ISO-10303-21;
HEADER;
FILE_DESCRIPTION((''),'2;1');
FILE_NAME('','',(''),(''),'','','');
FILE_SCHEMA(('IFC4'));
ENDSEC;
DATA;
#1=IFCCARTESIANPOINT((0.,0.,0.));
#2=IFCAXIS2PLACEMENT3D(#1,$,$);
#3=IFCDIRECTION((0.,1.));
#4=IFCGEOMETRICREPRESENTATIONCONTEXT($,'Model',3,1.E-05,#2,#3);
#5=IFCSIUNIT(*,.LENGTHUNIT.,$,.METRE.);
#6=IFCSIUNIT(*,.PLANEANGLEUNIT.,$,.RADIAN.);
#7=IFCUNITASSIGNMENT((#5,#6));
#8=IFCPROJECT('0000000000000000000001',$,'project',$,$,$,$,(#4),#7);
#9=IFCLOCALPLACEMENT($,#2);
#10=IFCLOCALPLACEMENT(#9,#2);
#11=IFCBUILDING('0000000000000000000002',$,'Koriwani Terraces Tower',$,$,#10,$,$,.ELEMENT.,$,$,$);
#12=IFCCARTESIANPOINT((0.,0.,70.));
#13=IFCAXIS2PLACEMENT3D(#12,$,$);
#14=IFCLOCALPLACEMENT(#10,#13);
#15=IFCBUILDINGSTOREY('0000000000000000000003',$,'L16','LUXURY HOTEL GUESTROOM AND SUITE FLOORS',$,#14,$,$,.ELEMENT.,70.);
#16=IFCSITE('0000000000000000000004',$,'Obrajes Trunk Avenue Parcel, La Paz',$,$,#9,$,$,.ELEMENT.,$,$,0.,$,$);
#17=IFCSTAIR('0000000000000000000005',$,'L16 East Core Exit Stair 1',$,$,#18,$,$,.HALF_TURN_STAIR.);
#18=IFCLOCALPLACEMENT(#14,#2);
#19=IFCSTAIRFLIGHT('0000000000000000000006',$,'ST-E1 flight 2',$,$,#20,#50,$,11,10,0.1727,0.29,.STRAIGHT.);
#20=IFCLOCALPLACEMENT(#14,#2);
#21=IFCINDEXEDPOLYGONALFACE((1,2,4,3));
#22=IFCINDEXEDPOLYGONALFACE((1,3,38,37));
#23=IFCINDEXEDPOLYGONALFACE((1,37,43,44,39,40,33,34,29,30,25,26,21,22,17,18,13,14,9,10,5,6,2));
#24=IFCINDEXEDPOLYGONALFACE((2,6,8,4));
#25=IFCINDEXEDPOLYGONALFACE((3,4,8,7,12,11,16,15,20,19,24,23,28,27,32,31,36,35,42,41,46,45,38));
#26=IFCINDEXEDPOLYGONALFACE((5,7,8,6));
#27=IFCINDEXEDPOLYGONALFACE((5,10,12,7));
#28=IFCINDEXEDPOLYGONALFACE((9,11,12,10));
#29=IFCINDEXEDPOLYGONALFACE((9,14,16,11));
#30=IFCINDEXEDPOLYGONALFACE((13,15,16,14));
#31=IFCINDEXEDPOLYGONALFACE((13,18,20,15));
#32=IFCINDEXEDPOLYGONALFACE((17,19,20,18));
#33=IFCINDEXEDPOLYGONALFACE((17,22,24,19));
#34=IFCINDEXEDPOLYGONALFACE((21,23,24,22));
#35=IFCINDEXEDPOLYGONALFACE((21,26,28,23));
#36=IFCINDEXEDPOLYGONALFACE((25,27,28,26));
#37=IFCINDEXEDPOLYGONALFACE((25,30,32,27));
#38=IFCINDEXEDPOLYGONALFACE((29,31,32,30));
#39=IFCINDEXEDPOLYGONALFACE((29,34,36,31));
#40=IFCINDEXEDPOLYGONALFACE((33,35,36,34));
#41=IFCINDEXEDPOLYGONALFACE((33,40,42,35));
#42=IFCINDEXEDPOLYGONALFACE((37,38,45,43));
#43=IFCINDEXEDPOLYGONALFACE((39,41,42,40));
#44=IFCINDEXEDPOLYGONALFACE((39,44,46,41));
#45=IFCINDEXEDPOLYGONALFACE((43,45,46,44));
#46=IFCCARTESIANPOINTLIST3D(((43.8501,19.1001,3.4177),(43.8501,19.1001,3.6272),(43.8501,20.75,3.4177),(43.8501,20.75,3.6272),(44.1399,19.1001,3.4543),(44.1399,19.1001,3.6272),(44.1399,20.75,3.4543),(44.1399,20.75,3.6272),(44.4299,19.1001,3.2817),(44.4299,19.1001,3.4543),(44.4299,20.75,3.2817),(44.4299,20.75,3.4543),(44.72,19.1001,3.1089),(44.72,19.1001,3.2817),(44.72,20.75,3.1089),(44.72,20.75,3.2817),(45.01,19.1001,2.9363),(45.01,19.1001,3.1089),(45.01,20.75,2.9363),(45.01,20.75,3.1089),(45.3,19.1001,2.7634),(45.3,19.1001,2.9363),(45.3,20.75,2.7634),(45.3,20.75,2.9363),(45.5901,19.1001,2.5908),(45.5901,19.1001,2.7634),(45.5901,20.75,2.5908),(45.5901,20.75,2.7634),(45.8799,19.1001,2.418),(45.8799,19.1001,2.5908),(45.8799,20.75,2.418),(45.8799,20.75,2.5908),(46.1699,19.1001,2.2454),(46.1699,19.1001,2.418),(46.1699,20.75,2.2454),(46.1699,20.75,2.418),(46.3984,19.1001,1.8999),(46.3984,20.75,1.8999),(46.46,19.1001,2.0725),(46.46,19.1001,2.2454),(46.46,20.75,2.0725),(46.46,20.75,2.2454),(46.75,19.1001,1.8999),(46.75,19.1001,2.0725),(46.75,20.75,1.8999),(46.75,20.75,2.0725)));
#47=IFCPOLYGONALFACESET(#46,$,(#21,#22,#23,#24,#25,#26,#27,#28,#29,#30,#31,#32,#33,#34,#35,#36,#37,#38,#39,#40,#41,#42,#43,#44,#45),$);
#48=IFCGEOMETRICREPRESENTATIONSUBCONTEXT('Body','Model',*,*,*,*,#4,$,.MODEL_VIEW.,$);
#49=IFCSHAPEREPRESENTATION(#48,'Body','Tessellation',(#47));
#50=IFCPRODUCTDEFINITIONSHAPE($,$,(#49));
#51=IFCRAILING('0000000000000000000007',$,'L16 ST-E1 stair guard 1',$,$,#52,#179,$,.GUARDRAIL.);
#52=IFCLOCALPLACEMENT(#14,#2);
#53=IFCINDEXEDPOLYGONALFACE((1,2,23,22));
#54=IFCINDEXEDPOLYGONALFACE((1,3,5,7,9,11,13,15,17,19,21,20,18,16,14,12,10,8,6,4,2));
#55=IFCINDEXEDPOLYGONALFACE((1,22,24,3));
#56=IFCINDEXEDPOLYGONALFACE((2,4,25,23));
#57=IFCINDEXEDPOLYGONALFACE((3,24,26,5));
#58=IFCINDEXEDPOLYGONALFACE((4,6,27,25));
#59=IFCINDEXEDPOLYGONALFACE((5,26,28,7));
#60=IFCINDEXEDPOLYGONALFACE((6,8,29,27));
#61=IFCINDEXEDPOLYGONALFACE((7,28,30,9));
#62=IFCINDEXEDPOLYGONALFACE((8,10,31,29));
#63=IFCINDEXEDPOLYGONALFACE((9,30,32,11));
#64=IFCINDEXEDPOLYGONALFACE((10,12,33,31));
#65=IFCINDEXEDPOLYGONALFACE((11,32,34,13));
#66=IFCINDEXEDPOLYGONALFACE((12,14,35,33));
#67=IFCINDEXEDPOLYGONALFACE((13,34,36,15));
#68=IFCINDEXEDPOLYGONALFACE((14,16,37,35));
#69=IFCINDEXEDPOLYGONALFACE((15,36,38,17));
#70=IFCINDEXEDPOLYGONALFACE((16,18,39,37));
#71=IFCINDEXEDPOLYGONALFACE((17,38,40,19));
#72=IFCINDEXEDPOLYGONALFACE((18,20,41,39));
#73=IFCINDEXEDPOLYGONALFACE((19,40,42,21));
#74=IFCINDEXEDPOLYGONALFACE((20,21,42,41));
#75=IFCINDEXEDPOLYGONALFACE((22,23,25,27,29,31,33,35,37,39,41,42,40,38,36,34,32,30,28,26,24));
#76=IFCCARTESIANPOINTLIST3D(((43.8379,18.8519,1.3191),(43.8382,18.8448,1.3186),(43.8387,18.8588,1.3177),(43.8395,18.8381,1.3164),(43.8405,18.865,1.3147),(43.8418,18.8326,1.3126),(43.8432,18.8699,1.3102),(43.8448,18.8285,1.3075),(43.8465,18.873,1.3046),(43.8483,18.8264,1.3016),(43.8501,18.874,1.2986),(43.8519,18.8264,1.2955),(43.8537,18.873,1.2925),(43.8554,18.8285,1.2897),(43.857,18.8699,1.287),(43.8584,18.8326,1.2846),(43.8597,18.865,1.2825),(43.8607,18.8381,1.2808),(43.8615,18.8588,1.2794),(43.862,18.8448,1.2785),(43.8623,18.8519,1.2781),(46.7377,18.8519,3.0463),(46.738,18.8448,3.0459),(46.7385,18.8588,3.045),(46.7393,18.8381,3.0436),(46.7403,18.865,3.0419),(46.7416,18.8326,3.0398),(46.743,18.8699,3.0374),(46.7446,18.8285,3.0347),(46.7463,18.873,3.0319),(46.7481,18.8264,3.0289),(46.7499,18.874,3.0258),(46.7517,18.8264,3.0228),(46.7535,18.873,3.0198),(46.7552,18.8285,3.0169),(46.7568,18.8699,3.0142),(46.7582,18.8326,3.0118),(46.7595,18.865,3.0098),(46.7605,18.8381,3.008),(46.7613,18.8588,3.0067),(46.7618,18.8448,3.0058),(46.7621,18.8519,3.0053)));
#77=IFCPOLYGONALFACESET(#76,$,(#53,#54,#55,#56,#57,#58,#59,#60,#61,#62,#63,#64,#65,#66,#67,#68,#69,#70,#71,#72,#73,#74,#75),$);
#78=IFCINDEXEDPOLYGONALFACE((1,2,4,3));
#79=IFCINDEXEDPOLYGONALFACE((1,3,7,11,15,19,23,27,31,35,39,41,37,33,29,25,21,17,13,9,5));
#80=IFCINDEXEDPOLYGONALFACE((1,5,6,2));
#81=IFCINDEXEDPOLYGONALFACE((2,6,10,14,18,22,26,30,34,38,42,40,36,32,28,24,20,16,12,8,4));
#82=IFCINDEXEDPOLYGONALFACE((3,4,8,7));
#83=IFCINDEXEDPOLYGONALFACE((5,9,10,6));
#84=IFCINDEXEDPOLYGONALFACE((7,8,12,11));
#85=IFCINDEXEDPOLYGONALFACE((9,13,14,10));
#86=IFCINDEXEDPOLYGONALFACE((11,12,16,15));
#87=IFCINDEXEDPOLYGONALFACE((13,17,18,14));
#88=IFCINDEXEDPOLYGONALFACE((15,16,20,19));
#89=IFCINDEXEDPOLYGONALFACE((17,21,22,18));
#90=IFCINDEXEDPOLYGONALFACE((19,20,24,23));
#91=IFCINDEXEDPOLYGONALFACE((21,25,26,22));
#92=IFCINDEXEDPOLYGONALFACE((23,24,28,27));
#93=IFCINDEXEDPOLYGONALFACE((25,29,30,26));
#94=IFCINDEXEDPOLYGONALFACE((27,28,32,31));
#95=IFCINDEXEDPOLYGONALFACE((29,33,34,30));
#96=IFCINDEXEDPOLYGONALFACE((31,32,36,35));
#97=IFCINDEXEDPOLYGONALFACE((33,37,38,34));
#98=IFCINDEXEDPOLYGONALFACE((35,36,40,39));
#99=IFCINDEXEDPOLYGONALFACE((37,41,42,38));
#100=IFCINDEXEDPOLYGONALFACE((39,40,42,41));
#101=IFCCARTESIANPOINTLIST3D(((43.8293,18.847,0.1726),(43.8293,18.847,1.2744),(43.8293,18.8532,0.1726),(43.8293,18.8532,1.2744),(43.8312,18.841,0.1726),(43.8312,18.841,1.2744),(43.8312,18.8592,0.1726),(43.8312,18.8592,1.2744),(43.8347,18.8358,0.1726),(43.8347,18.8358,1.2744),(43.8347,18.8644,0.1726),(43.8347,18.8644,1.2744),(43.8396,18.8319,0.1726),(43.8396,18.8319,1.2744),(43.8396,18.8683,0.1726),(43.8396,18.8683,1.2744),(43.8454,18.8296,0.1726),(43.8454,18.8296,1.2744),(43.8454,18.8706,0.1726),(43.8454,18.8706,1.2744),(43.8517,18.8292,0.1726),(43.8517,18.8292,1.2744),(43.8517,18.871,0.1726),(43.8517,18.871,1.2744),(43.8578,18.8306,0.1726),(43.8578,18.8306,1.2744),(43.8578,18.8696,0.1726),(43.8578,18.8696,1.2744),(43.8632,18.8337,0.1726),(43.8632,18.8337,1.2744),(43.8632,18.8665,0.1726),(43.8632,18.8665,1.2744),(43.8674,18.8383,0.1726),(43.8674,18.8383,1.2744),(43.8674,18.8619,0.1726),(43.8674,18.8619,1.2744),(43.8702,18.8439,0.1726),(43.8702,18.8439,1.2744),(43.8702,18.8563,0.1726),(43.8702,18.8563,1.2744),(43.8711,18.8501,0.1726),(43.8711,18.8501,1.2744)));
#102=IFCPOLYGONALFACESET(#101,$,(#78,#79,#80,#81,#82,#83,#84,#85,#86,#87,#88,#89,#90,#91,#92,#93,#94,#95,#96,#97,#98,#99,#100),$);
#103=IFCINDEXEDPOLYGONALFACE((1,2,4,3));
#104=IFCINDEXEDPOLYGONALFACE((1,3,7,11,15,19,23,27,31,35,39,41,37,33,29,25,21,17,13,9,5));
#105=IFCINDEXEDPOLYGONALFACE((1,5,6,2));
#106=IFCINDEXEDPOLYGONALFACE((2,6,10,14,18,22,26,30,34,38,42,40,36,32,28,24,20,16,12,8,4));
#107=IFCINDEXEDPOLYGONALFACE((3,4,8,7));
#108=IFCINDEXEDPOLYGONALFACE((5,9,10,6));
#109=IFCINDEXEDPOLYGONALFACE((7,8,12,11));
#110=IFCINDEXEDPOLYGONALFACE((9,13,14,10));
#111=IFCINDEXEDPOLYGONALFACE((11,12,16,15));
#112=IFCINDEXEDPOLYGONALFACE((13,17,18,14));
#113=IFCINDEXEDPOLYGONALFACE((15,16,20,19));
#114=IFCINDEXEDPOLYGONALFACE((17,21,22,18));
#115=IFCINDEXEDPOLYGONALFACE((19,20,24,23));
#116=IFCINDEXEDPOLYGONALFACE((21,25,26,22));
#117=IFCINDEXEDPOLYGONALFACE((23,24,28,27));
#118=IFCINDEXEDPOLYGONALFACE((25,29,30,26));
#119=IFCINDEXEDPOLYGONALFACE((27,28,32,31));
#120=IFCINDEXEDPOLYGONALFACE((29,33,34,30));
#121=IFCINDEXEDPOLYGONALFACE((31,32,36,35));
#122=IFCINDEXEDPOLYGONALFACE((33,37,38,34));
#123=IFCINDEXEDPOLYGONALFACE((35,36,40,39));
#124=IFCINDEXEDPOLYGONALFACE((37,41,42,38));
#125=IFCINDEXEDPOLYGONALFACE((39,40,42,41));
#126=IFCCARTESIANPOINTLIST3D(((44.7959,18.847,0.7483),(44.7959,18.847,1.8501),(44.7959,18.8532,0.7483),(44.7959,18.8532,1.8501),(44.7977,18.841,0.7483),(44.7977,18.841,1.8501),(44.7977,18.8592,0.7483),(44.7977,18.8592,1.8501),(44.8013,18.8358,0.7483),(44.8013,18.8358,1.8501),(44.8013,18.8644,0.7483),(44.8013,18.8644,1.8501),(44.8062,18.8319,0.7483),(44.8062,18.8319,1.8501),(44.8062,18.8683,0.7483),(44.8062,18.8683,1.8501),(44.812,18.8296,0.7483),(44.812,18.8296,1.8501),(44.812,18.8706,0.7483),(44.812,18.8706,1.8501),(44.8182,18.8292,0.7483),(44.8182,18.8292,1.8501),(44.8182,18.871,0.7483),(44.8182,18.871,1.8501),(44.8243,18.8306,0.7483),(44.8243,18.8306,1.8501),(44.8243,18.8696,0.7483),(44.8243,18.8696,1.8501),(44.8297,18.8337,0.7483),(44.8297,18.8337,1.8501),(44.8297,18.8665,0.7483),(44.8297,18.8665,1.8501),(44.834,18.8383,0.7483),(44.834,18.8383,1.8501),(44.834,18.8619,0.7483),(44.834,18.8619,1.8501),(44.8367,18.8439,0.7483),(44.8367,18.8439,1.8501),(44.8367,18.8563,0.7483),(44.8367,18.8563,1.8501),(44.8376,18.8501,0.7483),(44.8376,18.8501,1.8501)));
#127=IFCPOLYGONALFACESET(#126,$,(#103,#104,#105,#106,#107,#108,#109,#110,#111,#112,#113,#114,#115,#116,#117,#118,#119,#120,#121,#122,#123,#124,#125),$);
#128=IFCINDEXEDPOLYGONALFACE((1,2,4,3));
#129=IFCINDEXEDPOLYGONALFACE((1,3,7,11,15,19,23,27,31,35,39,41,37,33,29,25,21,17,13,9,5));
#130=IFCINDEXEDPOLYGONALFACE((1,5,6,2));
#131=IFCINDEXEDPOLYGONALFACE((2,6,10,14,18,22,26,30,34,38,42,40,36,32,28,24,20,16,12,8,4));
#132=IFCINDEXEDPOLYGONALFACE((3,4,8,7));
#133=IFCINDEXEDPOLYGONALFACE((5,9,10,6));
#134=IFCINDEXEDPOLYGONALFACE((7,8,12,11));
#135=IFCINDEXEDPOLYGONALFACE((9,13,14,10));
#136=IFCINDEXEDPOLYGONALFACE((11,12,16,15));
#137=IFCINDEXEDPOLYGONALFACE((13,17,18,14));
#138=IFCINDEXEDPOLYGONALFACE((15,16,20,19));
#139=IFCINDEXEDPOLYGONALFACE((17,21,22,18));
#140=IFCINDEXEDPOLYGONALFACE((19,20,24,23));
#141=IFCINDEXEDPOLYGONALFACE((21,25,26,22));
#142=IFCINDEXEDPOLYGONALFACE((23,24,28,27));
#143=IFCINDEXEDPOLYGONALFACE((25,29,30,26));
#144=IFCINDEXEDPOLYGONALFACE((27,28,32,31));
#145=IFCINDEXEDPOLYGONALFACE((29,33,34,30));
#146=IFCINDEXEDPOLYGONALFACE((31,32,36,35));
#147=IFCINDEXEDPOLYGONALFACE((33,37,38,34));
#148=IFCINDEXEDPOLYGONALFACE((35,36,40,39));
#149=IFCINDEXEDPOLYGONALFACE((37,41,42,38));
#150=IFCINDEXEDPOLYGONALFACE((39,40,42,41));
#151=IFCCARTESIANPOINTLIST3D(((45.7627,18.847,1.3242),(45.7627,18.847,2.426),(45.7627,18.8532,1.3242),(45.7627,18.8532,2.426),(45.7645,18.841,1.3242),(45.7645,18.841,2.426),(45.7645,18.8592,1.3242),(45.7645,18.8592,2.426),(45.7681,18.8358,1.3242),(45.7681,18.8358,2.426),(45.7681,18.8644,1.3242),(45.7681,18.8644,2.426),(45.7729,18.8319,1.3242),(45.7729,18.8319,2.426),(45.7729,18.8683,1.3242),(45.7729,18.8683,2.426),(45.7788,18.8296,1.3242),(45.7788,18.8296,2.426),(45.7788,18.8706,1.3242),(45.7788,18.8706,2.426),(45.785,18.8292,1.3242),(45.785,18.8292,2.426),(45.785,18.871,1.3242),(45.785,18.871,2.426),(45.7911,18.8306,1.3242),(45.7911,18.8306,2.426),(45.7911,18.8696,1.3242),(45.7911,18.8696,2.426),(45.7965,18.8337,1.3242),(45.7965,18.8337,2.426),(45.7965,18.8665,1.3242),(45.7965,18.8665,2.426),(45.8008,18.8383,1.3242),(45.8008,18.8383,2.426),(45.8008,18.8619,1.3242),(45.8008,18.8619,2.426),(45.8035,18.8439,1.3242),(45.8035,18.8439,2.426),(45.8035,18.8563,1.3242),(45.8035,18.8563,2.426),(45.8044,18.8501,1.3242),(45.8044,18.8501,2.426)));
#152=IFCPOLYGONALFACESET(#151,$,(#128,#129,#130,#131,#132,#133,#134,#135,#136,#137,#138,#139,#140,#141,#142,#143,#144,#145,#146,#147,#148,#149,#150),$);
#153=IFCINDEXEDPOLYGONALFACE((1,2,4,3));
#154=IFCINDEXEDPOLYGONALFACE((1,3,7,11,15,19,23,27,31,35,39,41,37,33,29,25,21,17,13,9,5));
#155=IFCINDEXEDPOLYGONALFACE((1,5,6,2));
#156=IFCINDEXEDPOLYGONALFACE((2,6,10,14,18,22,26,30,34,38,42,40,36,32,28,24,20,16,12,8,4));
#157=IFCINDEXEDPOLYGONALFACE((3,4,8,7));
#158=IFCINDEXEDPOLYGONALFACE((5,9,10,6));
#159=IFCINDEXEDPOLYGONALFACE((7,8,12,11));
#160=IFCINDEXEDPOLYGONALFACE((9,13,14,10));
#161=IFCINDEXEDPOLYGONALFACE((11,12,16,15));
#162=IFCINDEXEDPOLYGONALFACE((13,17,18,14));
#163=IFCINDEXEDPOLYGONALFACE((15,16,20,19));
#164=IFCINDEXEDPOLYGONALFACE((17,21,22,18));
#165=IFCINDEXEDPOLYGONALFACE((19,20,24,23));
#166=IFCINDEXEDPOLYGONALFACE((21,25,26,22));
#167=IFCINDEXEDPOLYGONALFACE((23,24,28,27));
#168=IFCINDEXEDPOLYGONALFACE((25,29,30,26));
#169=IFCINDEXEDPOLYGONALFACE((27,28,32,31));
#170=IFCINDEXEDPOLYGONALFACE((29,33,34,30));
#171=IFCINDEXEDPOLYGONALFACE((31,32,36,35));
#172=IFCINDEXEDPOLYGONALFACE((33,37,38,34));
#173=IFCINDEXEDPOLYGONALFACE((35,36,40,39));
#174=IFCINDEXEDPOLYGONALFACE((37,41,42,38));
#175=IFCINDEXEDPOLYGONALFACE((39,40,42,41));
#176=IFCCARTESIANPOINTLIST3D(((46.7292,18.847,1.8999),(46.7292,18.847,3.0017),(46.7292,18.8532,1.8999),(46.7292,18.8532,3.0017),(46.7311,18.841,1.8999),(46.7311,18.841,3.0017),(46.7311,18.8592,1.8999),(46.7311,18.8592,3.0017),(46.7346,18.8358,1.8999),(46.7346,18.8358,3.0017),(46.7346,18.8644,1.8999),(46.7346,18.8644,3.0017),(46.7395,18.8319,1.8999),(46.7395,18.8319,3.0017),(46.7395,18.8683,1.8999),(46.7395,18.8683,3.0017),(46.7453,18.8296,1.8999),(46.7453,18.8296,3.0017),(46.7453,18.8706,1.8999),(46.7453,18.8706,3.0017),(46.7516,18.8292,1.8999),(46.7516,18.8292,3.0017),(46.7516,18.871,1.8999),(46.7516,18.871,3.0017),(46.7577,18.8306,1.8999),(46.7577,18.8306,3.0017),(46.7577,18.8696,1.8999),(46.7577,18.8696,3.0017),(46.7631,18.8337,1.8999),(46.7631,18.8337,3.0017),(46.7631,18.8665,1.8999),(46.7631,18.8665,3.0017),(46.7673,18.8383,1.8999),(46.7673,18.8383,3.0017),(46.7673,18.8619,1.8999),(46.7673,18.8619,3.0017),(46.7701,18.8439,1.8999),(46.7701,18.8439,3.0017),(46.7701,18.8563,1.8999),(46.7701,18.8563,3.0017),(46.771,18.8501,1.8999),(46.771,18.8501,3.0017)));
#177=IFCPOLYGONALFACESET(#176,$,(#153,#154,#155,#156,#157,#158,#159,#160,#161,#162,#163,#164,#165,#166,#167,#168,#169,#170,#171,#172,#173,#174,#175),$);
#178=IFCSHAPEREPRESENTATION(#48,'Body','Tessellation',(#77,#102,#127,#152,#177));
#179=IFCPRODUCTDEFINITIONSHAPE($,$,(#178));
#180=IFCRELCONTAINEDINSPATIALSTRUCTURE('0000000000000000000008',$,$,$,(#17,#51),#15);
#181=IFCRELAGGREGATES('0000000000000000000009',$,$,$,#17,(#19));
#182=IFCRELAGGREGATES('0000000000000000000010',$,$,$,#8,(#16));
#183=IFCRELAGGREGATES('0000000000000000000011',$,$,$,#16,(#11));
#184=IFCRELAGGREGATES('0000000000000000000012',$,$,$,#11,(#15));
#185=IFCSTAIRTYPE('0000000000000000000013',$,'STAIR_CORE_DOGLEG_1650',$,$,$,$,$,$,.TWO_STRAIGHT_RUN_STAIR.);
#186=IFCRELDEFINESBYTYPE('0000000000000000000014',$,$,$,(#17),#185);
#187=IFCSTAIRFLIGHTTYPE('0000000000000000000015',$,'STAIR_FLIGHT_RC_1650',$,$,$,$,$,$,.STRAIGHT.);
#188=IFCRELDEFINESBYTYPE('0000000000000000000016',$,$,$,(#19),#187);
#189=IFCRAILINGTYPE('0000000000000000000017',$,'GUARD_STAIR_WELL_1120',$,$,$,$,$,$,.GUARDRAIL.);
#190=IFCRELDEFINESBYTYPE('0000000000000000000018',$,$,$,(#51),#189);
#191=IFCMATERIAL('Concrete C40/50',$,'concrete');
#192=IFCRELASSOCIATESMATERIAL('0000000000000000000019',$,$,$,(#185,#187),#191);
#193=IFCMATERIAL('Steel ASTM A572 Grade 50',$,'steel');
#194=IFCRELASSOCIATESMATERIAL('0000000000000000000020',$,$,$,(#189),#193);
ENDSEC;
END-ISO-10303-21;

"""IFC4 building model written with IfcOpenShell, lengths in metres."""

from ifc_helpers import new_model, si_unit, direction, frame, origin, origin_2d, place, context, subcontext, project, spatial, polyline, circle, outline, extrude, material, type_object, element, aggregate, save


model = new_model("IFC4")

# Units and contexts
model_context = context("Model", 3, precision=1e-05, world=origin(), true_north=direction((0.0, 1.0)))
body_context = subcontext(model_context, "Body", "Model", "MODEL_VIEW")
ifc_project = project(units=[si_unit("LENGTHUNIT", "METRE"), si_unit("PLANEANGLEUNIT", "RADIAN")], contexts=[model_context])

# Site, building, storey
site_placement = place(None, origin())
site = spatial("IfcSite", under=ifc_project, at=site_placement, Name="Obrajes Trunk Avenue Parcel, La Paz", CompositionType="ELEMENT", RefElevation=0.0)
building_placement = place(site_placement, origin())
building = spatial("IfcBuilding", under=site, at=building_placement, Name="Koriwani Terraces Tower", CompositionType="ELEMENT")
storey_placement = place(building_placement, frame((0.0, 0.0, 70.0)))
storey = spatial("IfcBuildingStorey", under=building, at=storey_placement, Name="L16", Description="LUXURY HOTEL GUESTROOM AND SUITE FLOORS", CompositionType="ELEMENT", Elevation=70.0)

# Shared definitions
ifc_material_1 = material(Name="Concrete C40/50", Category="concrete")

# Shared definitions
ifc_material_2 = material(Name="Steel ASTM A572 Grade 50", Category="steel")

# Stair, stair flight
stair_type = type_object("IfcStairType", Name="STAIR_CORE_DOGLEG_1650", PredefinedType="TWO_STRAIGHT_RUN_STAIR", material=ifc_material_1)
stair_placement = place(storey_placement, origin())
stair = element("IfcStair", 1, at=stair_placement, inside=storey, type_object=stair_type, Name="L16 East Core Exit Stair 1", PredefinedType="HALF_TURN_STAIR")
stair_flight_type = type_object("IfcStairFlightType", Name="STAIR_FLIGHT_RC_1650", PredefinedType="STRAIGHT", material=ifc_material_1)
stair_flight_1_placement = place(storey_placement, frame((46.75, 19.925, 1.8999), z_axis=(0.0, 0.0, 1.0), x_axis=(-1.0, 0.0, 0.0)))
stair_flight_1 = element("IfcStairFlight", 2, at=stair_flight_1_placement, type_object=stair_flight_type, Name="ST-E1 flight 2", NumberOfRisers=11, NumberOfTreads=10, PredefinedType="STRAIGHT", RiserHeight=0.1727, TreadLength=0.29, context=body_context, shape_type="SweptSolid", body=[
    extrude(outline(polyline([(0.0, 0.0), (0.0, 0.1726), (0.29, 0.1726), (0.29, 0.3455), (0.5801, 0.3455), (0.5801, 0.5181), (0.8701, 0.5181), (0.8701, 0.6909), (1.1599, 0.6909), (1.1599, 0.8635), (1.45, 0.8635), (1.45, 1.0364), (1.74, 1.0364), (1.74, 1.209), (2.03, 1.209), (2.03, 1.3818), (2.3201, 1.3818), (2.3201, 1.5544), (2.6101, 1.5544), (2.6101, 1.7273), (2.8999, 1.7273), (2.8999, 1.8999), (2.8999, 1.5178), (0.3516, 0.0), (0.0, 0.0)])), frame((0.0, 0.825, 0.0), z_axis=(0.0, -1.0, 0.0), x_axis=(1.0, 0.0, 0.0)), (0.0, 0.0, 1.0), 1.6499),
])
aggregate(stair, [stair_flight_1])

# Railing
railing_type = type_object("IfcRailingType", Name="GUARD_STAIR_WELL_1120", PredefinedType="GUARDRAIL", material=ifc_material_2)
railing_1_placement = place(storey_placement, frame((43.8501, 18.8501, 0.1726)))
element("IfcRailing", 3, at=railing_1_placement, inside=storey, type_object=railing_type, Name="L16 ST-E1 stair guard 1", PredefinedType="GUARDRAIL", context=body_context, shape_type="SweptSolid", body=[
    extrude(circle(Radius=0.0239, at=origin_2d()), frame((0.0, 0.0, 1.126), z_axis=(0.859141, 0.0, 0.511738), x_axis=(0.0, 1.0, 0.0)), (0.0, 0.0, 1.0), 3.3752),
    extrude(circle(Radius=0.021, at=origin_2d()), origin(), (0.0, 0.0, 1.0), 1.1018),
    extrude(circle(Radius=0.021, at=origin_2d()), frame((0.9666, 0.0, 0.5757)), (0.0, 0.0, 1.0), 1.1018),
    extrude(circle(Radius=0.021, at=origin_2d()), frame((1.9333, 0.0, 1.1516)), (0.0, 0.0, 1.0), 1.1018),
    extrude(circle(Radius=0.021, at=origin_2d()), frame((2.8999, 0.0, 1.7273)), (0.0, 0.0, 1.0), 1.1018),
])

save(model, "model.ifc")
